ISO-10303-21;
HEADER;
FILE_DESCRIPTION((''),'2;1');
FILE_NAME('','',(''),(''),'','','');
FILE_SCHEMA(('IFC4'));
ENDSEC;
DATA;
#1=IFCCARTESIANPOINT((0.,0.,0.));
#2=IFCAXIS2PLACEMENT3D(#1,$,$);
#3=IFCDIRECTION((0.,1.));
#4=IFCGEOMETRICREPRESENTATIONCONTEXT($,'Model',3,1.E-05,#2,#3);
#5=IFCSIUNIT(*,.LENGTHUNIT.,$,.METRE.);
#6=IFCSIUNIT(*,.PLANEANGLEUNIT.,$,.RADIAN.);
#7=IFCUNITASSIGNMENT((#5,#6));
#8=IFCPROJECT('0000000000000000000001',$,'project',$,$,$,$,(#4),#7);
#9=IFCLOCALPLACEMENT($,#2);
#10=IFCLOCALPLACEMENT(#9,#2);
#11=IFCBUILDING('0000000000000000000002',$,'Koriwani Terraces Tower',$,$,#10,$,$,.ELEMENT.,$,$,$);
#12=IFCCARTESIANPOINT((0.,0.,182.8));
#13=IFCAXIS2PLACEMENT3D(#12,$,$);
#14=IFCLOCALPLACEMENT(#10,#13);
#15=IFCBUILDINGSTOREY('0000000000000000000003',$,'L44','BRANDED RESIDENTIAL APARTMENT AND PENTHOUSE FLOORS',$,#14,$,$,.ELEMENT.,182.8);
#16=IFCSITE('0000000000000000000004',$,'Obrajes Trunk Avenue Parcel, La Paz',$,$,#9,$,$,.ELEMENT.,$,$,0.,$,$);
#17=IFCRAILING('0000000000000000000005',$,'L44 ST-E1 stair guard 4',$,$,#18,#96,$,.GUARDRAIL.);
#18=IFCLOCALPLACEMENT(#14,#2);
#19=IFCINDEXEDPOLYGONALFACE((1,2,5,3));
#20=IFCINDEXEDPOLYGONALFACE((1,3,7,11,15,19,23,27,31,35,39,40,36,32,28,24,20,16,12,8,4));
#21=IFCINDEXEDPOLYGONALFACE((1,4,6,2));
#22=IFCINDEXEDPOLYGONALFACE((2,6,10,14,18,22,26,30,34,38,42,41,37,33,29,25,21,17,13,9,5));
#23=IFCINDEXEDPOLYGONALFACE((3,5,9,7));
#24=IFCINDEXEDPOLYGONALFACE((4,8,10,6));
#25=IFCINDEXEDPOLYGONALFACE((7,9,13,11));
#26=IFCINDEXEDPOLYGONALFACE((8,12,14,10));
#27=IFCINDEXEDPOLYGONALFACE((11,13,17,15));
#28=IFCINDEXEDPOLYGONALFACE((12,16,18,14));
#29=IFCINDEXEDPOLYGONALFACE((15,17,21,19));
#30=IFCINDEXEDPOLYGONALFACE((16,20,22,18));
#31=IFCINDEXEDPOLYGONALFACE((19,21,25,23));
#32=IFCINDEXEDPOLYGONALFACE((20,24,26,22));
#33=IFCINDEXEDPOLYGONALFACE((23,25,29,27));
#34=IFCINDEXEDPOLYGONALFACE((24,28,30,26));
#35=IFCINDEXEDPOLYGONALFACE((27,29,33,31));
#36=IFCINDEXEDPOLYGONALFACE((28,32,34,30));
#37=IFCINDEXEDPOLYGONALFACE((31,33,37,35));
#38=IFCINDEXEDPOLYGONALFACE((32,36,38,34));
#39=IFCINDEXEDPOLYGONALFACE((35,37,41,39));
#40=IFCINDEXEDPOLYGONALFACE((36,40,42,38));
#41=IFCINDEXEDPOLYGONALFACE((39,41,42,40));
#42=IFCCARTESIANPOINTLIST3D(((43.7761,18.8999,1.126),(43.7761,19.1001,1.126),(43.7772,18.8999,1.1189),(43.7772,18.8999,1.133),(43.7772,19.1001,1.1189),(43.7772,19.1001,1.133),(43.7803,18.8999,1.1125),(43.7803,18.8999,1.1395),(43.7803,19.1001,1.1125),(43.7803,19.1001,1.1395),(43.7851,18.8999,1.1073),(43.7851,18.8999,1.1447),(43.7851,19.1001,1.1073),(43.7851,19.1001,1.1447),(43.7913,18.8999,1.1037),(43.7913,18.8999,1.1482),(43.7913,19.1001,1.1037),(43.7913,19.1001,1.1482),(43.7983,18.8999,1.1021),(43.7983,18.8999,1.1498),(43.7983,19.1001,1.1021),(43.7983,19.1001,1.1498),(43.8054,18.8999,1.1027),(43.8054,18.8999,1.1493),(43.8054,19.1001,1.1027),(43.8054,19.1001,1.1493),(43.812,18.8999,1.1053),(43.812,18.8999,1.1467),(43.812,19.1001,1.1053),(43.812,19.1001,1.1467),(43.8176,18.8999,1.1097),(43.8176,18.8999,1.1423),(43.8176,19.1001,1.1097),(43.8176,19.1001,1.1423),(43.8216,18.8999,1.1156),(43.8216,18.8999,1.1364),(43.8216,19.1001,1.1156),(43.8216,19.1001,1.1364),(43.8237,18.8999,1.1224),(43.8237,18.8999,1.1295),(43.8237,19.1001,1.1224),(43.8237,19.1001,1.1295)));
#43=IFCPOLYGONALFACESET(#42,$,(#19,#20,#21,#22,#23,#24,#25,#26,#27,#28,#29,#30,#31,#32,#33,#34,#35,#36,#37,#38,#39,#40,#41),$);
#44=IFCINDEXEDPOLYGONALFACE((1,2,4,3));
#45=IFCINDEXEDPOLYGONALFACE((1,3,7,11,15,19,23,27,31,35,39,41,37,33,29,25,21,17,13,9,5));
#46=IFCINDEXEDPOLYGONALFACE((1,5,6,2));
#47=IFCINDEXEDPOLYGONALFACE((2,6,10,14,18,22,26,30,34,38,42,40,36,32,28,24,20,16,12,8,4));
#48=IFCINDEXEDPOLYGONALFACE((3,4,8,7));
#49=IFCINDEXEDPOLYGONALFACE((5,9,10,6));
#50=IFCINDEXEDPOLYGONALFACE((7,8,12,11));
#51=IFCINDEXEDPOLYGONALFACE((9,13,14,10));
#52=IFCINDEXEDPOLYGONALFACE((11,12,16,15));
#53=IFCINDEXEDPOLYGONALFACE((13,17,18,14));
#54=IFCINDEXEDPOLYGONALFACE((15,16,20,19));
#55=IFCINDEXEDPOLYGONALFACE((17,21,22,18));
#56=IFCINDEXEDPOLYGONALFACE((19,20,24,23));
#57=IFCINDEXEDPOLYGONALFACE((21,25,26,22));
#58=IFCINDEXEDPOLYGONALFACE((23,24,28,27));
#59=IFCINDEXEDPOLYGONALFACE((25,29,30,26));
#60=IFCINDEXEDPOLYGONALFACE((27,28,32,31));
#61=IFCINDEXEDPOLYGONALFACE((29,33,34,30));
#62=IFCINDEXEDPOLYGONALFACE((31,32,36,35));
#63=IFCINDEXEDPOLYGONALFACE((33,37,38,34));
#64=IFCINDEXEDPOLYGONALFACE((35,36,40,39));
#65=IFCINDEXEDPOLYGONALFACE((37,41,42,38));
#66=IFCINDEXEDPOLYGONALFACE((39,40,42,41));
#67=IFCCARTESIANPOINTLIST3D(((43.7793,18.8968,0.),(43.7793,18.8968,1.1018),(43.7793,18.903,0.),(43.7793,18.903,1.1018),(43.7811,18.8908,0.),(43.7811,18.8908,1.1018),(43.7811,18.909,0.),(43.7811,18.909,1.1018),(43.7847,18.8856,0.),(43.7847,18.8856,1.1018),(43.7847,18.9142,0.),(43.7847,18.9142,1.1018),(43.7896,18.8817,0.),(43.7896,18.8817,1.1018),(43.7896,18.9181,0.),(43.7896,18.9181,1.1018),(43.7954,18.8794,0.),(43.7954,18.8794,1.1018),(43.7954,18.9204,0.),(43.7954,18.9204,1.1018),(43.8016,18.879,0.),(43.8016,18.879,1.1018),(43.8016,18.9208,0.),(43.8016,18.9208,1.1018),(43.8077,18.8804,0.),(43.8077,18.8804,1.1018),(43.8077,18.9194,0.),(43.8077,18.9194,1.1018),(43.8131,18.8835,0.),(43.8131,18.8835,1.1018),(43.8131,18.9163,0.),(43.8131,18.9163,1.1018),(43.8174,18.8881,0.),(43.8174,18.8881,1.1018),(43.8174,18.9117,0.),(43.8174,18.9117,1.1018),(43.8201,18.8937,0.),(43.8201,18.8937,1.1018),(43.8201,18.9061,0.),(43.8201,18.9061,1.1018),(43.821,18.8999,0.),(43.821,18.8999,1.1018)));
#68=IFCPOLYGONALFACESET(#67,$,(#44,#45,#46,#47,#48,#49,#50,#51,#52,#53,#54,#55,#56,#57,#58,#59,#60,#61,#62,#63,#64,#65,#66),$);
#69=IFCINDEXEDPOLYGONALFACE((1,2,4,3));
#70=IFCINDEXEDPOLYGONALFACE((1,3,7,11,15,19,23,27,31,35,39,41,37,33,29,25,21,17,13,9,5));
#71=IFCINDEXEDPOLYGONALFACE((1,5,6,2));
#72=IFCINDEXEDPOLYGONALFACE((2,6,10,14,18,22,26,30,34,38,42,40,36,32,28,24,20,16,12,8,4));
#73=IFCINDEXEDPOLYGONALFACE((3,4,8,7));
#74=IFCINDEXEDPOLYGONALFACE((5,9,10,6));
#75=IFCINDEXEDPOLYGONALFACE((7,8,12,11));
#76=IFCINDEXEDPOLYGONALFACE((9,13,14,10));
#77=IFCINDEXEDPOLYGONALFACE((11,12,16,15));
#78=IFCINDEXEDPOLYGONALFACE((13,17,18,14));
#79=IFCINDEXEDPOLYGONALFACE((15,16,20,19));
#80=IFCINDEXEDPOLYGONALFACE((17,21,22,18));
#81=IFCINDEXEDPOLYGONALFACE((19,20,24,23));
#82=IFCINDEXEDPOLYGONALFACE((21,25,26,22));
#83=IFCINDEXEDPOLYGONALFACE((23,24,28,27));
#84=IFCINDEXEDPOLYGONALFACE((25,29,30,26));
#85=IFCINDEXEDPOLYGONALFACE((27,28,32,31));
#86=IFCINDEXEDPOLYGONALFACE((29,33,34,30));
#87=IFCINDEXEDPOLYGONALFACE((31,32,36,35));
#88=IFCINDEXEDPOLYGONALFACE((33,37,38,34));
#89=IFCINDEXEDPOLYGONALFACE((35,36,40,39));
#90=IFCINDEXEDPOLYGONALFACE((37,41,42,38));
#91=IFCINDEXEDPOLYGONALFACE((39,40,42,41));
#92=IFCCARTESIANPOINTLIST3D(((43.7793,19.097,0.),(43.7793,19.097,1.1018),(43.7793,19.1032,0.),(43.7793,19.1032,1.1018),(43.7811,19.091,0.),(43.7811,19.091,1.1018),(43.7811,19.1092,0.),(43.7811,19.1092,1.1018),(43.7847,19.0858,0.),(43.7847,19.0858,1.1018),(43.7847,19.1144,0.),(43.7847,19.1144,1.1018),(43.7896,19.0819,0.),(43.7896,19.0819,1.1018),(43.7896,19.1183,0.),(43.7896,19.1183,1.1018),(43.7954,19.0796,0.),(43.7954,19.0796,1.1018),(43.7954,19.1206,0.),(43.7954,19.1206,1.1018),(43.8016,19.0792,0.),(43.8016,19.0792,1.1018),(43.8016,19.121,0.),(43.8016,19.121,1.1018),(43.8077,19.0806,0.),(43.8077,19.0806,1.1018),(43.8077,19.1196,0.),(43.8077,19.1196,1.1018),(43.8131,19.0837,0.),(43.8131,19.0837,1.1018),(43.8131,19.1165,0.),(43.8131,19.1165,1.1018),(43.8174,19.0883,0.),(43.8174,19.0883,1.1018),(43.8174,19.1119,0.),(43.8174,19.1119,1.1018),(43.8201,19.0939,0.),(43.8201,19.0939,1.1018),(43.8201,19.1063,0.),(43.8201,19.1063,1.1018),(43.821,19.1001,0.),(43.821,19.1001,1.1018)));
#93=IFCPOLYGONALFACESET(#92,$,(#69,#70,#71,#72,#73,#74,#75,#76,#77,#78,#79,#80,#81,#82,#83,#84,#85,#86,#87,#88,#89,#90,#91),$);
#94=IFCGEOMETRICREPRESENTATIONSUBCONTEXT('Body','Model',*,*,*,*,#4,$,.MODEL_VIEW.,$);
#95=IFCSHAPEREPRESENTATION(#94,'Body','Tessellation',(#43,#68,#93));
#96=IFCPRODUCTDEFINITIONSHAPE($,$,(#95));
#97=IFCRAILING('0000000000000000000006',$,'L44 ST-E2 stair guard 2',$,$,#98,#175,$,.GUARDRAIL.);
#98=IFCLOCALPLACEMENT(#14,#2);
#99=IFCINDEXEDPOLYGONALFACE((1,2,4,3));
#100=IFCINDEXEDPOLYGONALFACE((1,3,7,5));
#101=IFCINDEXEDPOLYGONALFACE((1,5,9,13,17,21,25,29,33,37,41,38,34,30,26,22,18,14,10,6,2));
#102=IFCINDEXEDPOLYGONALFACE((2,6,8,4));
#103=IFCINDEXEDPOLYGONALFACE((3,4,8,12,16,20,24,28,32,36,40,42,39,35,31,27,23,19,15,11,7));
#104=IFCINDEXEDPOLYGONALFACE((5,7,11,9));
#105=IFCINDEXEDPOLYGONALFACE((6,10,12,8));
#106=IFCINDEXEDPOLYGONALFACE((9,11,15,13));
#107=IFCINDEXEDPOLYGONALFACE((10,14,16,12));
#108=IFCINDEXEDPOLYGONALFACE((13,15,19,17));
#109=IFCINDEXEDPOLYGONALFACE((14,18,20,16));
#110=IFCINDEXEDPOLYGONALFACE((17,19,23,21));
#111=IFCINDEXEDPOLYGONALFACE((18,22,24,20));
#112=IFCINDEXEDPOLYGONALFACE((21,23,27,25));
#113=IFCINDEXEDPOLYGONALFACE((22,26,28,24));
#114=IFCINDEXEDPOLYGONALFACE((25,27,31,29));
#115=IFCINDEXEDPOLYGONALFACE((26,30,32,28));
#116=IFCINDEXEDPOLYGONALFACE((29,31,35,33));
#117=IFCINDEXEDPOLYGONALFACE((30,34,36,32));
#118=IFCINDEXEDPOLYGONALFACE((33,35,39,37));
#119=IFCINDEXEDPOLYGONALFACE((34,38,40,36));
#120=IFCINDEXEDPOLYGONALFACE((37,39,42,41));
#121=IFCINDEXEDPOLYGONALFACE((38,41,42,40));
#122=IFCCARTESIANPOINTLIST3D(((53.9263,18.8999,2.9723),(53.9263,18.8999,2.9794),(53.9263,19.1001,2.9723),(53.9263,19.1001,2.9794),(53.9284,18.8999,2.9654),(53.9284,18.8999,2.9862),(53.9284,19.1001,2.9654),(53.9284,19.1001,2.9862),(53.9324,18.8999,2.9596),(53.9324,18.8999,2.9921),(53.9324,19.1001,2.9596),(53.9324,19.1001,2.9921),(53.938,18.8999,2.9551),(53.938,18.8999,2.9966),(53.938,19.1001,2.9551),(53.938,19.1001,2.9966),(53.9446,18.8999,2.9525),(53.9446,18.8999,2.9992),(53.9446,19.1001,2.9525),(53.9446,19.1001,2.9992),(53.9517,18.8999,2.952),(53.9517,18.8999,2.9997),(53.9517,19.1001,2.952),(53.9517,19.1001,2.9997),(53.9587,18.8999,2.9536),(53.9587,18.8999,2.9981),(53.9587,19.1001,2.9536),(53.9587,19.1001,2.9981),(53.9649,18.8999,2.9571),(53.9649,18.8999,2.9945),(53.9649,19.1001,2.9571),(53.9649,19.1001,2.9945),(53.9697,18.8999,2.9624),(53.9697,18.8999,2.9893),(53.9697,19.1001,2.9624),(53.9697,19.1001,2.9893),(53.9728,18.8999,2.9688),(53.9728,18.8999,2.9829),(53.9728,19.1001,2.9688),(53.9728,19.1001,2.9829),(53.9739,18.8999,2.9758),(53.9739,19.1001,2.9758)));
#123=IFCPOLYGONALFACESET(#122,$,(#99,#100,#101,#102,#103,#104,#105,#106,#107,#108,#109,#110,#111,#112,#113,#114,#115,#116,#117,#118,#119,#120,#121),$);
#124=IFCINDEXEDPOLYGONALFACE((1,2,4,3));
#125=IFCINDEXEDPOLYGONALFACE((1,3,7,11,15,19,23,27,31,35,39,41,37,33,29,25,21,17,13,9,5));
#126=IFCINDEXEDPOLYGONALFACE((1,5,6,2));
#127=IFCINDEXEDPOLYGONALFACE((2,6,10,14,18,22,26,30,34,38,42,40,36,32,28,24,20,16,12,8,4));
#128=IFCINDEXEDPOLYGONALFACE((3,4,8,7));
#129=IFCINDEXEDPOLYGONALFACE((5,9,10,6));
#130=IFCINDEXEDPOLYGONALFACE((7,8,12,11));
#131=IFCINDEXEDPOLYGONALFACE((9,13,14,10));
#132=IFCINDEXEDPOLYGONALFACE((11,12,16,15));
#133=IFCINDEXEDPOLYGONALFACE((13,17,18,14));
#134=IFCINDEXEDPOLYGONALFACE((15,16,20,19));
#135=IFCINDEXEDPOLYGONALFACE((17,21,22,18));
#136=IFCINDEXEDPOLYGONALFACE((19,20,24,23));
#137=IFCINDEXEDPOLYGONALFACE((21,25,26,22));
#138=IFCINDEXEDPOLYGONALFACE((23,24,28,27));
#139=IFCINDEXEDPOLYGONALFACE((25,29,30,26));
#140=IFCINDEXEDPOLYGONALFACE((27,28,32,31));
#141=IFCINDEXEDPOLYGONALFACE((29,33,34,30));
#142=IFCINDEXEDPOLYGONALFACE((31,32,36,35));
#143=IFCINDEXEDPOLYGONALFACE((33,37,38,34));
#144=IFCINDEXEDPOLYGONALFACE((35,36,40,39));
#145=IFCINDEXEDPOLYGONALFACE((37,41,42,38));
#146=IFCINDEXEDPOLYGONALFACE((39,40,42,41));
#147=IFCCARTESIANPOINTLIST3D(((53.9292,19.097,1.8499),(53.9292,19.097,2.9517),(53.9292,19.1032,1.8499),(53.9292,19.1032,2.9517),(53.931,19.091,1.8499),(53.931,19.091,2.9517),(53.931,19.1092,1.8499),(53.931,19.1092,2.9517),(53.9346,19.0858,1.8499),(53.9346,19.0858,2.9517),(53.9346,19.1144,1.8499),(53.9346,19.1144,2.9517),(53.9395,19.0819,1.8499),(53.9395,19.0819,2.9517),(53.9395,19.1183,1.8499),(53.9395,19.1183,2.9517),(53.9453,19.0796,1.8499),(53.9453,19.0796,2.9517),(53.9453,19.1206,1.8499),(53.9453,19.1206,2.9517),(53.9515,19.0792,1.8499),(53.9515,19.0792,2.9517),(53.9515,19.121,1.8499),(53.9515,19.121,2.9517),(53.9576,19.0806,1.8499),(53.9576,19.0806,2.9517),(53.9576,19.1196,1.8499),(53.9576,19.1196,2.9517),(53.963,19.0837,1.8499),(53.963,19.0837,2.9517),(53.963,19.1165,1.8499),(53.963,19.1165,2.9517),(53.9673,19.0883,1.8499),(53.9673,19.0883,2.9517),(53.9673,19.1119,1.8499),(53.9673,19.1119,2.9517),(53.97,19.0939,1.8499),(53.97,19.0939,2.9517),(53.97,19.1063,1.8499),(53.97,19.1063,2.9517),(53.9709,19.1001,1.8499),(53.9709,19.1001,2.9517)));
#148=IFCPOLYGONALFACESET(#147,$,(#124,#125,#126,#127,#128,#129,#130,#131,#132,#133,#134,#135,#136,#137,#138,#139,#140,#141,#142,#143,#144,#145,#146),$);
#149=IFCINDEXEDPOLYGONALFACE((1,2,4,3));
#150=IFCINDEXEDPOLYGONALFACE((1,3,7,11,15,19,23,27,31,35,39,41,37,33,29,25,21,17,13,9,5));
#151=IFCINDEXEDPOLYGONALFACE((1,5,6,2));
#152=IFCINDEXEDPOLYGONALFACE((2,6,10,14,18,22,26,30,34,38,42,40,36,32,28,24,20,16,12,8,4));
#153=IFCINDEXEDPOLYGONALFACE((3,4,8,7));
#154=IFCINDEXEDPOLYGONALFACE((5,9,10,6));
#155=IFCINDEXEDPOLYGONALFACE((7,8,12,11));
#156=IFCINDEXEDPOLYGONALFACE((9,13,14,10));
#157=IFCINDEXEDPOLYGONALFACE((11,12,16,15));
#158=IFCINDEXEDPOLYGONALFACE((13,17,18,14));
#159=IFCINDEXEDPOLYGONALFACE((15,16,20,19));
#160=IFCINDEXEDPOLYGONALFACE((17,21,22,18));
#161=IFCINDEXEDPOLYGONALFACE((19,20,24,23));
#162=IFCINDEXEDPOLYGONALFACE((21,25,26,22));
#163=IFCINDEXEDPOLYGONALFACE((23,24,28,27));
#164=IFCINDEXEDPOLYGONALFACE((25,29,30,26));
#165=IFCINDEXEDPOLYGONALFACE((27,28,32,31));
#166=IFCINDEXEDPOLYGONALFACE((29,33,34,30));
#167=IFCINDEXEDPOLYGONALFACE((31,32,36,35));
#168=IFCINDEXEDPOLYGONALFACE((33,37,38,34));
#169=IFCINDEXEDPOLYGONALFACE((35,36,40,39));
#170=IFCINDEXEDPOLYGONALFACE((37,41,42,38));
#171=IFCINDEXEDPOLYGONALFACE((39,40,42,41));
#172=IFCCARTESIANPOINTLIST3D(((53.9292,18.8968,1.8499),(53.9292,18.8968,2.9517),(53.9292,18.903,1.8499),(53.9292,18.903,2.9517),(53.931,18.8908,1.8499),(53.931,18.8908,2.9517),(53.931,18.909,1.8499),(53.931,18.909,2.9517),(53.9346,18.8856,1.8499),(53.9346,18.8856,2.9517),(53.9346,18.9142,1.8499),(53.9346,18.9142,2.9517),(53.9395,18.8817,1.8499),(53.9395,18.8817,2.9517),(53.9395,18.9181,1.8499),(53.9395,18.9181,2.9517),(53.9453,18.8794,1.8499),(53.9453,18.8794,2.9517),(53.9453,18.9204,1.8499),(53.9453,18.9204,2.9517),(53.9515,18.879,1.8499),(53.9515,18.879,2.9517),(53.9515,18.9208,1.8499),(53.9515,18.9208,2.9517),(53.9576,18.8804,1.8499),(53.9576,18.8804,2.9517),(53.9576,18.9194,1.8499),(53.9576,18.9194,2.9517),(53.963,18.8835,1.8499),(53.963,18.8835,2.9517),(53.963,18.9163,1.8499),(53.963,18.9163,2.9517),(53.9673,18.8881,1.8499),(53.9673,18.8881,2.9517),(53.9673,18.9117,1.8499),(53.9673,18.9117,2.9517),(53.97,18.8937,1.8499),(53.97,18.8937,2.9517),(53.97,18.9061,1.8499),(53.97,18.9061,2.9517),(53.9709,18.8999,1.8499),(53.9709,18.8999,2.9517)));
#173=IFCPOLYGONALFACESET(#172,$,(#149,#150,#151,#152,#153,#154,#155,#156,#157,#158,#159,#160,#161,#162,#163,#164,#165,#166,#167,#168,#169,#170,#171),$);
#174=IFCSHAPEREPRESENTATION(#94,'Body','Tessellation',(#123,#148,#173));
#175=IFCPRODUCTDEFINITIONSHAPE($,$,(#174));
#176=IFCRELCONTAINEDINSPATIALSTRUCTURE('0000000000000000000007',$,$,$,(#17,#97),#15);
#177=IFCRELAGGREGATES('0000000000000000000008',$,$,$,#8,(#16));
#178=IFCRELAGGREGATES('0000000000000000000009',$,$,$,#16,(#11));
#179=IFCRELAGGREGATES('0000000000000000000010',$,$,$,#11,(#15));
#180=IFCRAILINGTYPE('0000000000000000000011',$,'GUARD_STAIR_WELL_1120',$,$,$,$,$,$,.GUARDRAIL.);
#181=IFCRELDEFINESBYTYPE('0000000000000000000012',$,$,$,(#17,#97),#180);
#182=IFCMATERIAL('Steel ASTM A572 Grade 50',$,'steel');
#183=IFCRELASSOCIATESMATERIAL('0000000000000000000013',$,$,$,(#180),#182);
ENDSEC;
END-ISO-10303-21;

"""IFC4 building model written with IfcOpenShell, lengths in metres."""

from ifc_helpers import new_model, si_unit, direction, frame, origin, origin_2d, place, context, subcontext, project, spatial, circle, extrude, material, type_object, element, save


model = new_model("IFC4")

# Units and contexts
model_context = context("Model", 3, precision=1e-05, world=origin(), true_north=direction((0.0, 1.0)))
body_context = subcontext(model_context, "Body", "Model", "MODEL_VIEW")
ifc_project = project(units=[si_unit("LENGTHUNIT", "METRE"), si_unit("PLANEANGLEUNIT", "RADIAN")], contexts=[model_context])

# Site, building, storey
site_placement = place(None, origin())
site = spatial("IfcSite", under=ifc_project, at=site_placement, Name="Obrajes Trunk Avenue Parcel, La Paz", CompositionType="ELEMENT", RefElevation=0.0)
building_placement = place(site_placement, origin())
building = spatial("IfcBuilding", under=site, at=building_placement, Name="Koriwani Terraces Tower", CompositionType="ELEMENT")
storey_placement = place(building_placement, frame((0.0, 0.0, 182.8)))
storey = spatial("IfcBuildingStorey", under=building, at=storey_placement, Name="L44", Description="BRANDED RESIDENTIAL APARTMENT AND PENTHOUSE FLOORS", CompositionType="ELEMENT", Elevation=182.8)

# Shared definitions
ifc_material_1 = material(Name="Steel ASTM A572 Grade 50", Category="steel")

# Railings
railing_type_1 = type_object("IfcRailingType", Name="GUARD_STAIR_WELL_1120", PredefinedType="GUARDRAIL", material=ifc_material_1)
railing_1_placement = place(storey_placement, frame((43.8, 18.8999, 0.0)))
element("IfcRailing", 1, at=railing_1_placement, inside=storey, type_object=railing_type_1, Name="L44 ST-E1 stair guard 4", PredefinedType="GUARDRAIL", context=body_context, shape_type="SweptSolid", body=[
    extrude(circle(Radius=0.0239, at=origin_2d()), frame((0.0, 0.0, 1.126), z_axis=(0.0, 1.0, 0.0), x_axis=(-1.0, 0.0, 0.0)), (0.0, 0.0, 1.0), 0.2002),
    extrude(circle(Radius=0.021, at=origin_2d()), origin(), (0.0, 0.0, 1.0), 1.1018),
    extrude(circle(Radius=0.021, at=origin_2d()), frame((0.0, 0.2002, 0.0)), (0.0, 0.0, 1.0), 1.1018),
])
railing_2_placement = place(storey_placement, frame((53.95, 19.1001, 1.8499)))
element("IfcRailing", 2, at=railing_2_placement, inside=storey, type_object=railing_type_1, Name="L44 ST-E2 stair guard 2", PredefinedType="GUARDRAIL", context=body_context, shape_type="SweptSolid", body=[
    extrude(circle(Radius=0.0239, at=origin_2d()), frame((0.0, 0.0, 1.126), z_axis=(0.0, -1.0, 0.0), x_axis=(1.0, 0.0, 0.0)), (0.0, 0.0, 1.0), 0.2002),
    extrude(circle(Radius=0.021, at=origin_2d()), origin(), (0.0, 0.0, 1.0), 1.1018),
    extrude(circle(Radius=0.021, at=origin_2d()), frame((0.0, -0.2002, 0.0)), (0.0, 0.0, 1.0), 1.1018),
])

save(model, "model.ifc")
